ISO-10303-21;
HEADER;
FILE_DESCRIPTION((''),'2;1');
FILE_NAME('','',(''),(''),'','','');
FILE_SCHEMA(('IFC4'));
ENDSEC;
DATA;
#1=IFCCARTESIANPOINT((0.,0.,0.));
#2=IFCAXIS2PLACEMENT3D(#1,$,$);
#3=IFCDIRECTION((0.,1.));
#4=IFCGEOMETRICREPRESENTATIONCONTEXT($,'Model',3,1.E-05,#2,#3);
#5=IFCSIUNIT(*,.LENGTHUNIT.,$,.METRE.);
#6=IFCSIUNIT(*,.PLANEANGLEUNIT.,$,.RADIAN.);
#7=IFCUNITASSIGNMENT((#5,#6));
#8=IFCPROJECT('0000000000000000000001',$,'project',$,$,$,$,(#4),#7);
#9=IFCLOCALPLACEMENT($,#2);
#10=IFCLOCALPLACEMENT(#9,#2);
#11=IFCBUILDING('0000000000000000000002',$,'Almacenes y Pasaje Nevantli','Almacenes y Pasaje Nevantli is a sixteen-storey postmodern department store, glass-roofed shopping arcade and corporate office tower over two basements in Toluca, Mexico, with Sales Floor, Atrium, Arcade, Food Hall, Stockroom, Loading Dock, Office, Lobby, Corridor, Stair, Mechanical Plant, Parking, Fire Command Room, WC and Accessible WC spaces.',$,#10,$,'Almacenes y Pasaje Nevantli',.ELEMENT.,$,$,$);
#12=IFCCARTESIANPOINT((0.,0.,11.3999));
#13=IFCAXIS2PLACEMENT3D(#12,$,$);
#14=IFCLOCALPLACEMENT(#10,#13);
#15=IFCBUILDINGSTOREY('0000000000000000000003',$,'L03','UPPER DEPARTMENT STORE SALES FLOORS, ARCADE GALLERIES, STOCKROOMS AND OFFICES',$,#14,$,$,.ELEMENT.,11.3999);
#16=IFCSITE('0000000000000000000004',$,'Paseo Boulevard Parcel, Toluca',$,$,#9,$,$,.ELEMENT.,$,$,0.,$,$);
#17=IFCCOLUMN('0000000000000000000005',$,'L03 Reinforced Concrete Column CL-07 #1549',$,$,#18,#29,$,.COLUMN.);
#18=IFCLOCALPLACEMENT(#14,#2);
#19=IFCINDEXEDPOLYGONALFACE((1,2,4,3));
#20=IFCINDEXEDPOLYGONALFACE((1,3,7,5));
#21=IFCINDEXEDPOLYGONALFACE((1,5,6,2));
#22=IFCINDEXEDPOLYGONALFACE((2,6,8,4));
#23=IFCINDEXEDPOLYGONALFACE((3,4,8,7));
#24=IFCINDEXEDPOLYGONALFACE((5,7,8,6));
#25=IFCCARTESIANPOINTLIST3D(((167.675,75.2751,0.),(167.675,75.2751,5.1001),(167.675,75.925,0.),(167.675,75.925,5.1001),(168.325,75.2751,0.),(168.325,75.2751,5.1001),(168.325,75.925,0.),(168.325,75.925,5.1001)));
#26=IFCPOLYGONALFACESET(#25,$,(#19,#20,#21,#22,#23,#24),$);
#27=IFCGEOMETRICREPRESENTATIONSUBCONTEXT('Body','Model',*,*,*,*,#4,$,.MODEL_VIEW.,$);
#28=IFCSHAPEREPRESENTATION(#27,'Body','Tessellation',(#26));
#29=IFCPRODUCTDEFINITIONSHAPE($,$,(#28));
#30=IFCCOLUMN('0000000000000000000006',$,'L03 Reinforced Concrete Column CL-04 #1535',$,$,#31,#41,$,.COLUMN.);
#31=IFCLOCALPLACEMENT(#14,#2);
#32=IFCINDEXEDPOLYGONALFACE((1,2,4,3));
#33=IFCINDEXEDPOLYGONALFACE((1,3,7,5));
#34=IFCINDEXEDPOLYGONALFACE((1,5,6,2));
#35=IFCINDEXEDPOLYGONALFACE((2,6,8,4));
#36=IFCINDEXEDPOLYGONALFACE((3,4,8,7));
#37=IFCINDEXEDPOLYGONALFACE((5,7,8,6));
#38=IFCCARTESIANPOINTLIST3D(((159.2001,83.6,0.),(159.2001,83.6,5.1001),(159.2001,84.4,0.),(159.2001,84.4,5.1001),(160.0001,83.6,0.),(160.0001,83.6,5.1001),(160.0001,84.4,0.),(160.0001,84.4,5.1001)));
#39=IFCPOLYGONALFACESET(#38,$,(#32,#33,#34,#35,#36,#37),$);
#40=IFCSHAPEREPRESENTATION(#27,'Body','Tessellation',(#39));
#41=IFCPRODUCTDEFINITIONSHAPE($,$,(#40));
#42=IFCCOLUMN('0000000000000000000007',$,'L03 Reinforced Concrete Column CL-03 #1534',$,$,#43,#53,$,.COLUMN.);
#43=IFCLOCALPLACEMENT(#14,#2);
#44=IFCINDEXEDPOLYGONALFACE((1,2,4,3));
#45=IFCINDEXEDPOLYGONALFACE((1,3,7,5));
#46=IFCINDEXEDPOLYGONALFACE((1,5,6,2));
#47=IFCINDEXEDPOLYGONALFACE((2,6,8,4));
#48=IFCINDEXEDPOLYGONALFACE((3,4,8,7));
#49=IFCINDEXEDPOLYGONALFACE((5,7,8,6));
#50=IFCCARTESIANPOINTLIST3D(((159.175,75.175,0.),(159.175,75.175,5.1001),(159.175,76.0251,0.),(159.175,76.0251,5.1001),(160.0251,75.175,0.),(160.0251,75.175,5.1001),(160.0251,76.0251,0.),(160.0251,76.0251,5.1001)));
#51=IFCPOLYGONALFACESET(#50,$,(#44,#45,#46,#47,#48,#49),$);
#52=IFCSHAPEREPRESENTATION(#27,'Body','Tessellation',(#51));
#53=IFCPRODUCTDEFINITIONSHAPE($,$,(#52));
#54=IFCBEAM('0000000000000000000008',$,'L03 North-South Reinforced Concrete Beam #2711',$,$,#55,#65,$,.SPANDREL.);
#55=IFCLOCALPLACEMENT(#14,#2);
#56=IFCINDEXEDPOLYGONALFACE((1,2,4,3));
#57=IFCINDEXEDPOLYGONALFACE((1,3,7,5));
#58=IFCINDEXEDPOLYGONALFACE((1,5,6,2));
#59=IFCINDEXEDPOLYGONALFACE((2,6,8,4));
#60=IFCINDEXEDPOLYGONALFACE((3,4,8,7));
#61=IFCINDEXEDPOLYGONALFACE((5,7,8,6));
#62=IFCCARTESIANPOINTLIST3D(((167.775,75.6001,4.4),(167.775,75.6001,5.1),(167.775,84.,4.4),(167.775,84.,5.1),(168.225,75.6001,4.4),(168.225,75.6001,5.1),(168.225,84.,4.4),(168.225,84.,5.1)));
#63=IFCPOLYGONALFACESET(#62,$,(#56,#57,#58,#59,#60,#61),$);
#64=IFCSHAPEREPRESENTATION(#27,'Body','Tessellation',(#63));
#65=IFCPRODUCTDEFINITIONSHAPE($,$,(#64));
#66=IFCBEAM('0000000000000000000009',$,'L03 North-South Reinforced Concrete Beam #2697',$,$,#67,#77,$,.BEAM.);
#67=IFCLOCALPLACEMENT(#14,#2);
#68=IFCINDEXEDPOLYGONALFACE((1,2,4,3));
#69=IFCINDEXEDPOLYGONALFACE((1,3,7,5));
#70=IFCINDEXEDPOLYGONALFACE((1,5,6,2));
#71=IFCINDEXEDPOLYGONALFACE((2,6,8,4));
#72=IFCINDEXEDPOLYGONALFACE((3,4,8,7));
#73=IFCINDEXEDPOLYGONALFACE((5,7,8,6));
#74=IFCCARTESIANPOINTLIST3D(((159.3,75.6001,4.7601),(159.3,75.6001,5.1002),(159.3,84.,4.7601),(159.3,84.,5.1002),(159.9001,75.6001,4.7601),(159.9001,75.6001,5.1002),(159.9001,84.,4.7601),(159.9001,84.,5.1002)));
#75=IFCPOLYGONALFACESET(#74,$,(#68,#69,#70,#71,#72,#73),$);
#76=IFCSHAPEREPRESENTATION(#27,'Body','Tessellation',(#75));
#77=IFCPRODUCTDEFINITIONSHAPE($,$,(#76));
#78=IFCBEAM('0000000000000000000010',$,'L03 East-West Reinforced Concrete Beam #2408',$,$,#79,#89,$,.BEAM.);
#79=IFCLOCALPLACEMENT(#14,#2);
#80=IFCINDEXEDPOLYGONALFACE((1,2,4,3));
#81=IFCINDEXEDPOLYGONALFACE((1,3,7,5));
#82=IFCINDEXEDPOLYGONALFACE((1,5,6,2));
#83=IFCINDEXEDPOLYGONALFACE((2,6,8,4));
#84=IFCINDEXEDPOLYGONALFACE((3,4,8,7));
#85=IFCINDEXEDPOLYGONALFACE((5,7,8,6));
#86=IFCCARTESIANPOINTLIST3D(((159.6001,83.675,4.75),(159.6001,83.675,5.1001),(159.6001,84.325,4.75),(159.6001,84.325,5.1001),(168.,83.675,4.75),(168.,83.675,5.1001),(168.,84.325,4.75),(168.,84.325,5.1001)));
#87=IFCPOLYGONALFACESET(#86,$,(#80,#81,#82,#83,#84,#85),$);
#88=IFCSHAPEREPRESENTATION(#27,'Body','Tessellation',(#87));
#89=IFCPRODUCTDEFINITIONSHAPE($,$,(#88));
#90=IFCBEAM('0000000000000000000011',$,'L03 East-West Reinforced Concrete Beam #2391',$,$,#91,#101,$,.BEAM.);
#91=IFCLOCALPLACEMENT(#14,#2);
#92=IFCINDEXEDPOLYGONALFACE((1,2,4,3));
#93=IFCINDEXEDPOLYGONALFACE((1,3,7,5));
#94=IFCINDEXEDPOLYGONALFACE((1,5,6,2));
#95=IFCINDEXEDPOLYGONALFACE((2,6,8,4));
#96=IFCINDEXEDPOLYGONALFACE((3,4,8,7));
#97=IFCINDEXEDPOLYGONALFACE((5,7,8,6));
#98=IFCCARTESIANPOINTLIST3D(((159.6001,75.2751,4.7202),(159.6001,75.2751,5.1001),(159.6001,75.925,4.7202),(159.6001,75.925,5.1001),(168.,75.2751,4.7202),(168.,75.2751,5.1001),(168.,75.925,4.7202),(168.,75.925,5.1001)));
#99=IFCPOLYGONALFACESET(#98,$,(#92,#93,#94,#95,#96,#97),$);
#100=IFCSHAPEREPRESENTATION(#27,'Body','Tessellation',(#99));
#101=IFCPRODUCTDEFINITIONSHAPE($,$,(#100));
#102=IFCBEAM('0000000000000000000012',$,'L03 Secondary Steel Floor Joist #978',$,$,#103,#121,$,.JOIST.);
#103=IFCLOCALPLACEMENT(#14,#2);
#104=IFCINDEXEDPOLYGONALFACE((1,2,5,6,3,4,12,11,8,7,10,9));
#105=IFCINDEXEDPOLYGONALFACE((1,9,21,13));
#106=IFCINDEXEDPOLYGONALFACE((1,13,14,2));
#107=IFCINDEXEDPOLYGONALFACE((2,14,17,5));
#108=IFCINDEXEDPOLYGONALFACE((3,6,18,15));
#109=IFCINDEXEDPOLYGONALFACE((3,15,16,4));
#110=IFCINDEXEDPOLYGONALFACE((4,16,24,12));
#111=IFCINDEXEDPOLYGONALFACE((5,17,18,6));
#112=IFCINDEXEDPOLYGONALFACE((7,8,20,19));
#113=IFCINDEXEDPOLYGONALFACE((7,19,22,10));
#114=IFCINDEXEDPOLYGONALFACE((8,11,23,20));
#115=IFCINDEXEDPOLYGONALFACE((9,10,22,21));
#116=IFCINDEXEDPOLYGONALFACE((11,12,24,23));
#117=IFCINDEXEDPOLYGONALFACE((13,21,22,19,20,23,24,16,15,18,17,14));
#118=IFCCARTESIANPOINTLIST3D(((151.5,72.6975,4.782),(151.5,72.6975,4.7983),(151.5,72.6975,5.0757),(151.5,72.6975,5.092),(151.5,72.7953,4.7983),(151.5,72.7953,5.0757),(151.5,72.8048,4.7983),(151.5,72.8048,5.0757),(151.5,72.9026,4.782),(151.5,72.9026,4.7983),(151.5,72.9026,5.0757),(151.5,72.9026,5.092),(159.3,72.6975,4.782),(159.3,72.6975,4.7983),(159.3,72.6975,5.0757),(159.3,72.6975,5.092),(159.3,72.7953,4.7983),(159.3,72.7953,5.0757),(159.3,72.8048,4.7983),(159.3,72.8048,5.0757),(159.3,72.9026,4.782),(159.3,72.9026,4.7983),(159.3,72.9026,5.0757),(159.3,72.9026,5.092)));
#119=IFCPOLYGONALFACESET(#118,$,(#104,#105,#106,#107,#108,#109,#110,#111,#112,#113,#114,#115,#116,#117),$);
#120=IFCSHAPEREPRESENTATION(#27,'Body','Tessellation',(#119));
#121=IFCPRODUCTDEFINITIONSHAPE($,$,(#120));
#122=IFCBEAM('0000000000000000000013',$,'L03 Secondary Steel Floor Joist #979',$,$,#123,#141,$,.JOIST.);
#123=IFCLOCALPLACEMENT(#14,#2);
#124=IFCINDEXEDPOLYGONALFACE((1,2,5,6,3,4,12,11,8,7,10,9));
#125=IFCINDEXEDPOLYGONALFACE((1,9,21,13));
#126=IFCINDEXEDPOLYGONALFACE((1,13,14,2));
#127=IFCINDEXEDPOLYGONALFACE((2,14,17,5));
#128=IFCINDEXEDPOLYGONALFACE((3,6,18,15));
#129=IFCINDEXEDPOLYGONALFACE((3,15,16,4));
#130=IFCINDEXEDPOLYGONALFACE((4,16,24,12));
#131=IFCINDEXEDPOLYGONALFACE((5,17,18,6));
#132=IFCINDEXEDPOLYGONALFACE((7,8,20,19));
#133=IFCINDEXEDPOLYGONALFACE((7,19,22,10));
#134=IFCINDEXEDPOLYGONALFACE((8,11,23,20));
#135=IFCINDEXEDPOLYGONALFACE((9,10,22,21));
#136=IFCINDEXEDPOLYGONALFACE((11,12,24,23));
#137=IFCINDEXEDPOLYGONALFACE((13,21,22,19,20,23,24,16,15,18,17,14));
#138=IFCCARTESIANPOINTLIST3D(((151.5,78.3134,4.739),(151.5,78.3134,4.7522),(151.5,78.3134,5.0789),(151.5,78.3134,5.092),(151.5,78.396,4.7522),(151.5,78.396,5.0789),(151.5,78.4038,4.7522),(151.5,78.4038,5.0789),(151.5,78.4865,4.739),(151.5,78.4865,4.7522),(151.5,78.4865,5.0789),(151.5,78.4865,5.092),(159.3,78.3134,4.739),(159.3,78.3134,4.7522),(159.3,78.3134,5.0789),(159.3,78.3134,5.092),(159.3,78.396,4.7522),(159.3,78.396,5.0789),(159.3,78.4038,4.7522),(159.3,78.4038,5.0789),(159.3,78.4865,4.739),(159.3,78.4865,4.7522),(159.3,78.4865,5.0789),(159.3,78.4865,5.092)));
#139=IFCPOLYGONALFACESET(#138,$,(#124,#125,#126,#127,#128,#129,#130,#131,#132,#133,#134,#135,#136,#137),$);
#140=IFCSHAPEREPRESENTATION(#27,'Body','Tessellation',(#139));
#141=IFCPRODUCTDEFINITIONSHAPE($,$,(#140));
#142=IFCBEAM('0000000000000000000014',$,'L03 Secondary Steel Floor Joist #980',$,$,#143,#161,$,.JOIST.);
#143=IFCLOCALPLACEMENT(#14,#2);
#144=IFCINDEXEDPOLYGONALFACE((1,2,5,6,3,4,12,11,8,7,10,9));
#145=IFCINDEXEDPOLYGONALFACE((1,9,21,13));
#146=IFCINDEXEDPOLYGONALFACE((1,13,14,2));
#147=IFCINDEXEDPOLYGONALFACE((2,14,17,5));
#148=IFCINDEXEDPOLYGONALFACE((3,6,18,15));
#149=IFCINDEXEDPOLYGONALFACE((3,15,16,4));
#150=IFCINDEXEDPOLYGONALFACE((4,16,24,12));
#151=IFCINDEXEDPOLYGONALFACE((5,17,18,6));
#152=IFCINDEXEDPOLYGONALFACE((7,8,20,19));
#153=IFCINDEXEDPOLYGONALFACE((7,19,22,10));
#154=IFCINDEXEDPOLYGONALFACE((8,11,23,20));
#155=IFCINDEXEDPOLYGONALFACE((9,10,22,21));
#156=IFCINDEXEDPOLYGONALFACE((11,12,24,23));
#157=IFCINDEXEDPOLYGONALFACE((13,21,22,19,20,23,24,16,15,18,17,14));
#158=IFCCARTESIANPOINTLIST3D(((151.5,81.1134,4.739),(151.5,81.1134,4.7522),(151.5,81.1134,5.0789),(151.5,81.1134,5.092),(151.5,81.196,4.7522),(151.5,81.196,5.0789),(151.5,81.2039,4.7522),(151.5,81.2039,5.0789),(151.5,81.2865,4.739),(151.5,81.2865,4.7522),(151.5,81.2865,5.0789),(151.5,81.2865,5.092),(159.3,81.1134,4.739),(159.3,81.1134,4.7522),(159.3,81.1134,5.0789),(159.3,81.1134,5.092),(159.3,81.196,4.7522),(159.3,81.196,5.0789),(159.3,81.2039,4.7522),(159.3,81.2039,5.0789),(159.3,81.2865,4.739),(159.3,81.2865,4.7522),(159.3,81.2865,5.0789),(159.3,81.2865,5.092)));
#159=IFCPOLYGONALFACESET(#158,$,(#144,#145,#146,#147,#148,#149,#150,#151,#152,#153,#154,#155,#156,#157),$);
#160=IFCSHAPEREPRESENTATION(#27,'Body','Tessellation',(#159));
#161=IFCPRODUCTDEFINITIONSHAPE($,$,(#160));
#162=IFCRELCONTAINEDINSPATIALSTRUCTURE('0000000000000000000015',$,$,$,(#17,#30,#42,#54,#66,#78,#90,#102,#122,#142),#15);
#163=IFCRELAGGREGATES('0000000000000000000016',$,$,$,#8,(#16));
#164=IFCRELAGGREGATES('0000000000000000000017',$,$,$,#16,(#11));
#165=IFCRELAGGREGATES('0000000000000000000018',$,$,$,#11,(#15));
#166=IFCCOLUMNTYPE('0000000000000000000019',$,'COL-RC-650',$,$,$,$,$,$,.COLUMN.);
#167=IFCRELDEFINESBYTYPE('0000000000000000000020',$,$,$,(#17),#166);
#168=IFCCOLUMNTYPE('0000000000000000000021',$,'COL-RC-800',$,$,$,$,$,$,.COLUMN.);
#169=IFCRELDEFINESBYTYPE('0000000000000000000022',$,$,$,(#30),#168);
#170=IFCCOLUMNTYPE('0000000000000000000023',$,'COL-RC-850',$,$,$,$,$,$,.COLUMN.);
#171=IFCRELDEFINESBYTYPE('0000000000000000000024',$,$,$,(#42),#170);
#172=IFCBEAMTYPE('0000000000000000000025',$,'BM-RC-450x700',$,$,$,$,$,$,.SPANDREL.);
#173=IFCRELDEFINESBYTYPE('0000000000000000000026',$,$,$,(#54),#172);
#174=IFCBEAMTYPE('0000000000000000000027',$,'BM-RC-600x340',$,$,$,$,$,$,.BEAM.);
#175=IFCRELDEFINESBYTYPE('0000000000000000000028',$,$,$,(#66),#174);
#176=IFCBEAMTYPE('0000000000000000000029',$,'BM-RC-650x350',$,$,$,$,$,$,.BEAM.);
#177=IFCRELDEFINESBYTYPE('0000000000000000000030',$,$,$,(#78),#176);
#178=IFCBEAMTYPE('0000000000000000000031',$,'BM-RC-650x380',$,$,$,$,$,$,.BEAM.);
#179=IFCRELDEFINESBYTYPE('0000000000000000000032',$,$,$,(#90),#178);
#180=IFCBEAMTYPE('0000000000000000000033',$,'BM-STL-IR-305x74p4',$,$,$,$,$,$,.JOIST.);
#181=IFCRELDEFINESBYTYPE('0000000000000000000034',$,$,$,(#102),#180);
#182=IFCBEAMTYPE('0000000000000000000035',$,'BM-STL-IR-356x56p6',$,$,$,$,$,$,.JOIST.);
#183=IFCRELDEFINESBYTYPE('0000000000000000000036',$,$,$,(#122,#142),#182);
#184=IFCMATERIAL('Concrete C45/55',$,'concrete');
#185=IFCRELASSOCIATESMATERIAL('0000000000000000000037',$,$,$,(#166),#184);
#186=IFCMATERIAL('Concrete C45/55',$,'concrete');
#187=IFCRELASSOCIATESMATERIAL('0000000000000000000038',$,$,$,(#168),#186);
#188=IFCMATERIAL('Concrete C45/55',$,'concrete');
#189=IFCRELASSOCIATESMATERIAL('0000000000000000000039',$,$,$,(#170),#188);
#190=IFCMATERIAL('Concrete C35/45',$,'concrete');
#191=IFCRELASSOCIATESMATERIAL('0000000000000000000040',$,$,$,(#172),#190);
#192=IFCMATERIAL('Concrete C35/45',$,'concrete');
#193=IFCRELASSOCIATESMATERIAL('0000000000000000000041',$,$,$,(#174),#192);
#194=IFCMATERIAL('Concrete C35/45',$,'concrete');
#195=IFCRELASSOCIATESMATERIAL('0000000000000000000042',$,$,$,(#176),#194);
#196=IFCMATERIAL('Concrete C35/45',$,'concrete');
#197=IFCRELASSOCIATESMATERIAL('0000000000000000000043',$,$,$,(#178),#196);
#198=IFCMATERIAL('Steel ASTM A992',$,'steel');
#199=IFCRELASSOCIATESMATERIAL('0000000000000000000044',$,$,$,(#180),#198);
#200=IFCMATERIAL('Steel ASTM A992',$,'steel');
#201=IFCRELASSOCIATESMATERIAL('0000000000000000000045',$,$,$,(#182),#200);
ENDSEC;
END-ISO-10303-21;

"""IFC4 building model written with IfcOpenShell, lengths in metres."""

from ifc_helpers import new_model, si_unit, direction, frame, origin, origin_2d, place, context, subcontext, project, spatial, rectangle, i_section, extrude, material, material_profile, profile_set, type_object, element, save


model = new_model("IFC4")

# Units and contexts
model_context = context("Model", 3, precision=1e-05, world=origin(), true_north=direction((0.0, 1.0)))
body_context = subcontext(model_context, "Body", "Model", "MODEL_VIEW")
ifc_project = project(units=[si_unit("LENGTHUNIT", "METRE"), si_unit("PLANEANGLEUNIT", "RADIAN")], contexts=[model_context])

# Site, building, storey
site_placement = place(None, origin())
site = spatial("IfcSite", under=ifc_project, at=site_placement, Name="Paseo Boulevard Parcel, Toluca", CompositionType="ELEMENT", RefElevation=0.0)
building_placement = place(site_placement, origin())
building = spatial("IfcBuilding", under=site, at=building_placement, Name="Almacenes y Pasaje Nevantli", Description="Almacenes y Pasaje Nevantli is a sixteen-storey postmodern department store, glass-roofed shopping arcade and corporate office tower over two basements in Toluca, Mexico, with Sales Floor, Atrium, Arcade, Food Hall, Stockroom, Loading Dock, Office, Lobby, Corridor, Stair, Mechanical Plant, Parking, Fire Command Room, WC and Accessible WC spaces.", LongName="Almacenes y Pasaje Nevantli", CompositionType="ELEMENT")
storey_placement = place(building_placement, frame((0.0, 0.0, 11.3999)))
storey = spatial("IfcBuildingStorey", under=building, at=storey_placement, Name="L03", Description="UPPER DEPARTMENT STORE SALES FLOORS, ARCADE GALLERIES, STOCKROOMS AND OFFICES", CompositionType="ELEMENT", Elevation=11.3999)

# Columns
ifc_material_1 = material(Name="Concrete C45/55", Category="concrete")
ifc_material_profile_1 = material_profile(ifc_material_1, rectangle(XDim=0.6499, YDim=0.6499, at=origin_2d()), Name="RC-COL-650x650")
ifc_profile_set_1 = profile_set([ifc_material_profile_1], Name="Concrete C45/55")
column_type_1 = type_object("IfcColumnType", Name="COL-RC-650", PredefinedType="COLUMN", material=ifc_profile_set_1)
column_1_placement = place(storey_placement, frame((168.0, 75.6001, 0.0), z_axis=(0.0, 0.0, 1.0), x_axis=(1.0, 0.0, 0.0)))
element("IfcColumn", 1, at=column_1_placement, inside=storey, type_object=column_type_1, Name="L03 Reinforced Concrete Column CL-07 #1549", PredefinedType="COLUMN", context=body_context, shape_type="SweptSolid", body=[
    extrude(rectangle(XDim=0.6499, YDim=0.6499, at=origin_2d()), origin(), (0.0, 0.0, 1.0), 5.1001),
])
ifc_material_2 = material(Name="Concrete C45/55", Category="concrete")
ifc_material_profile_2 = material_profile(ifc_material_2, rectangle(XDim=0.8, YDim=0.8, at=origin_2d()), Name="RC-COL-800x800")
ifc_profile_set_2 = profile_set([ifc_material_profile_2], Name="Concrete C45/55")
column_type_2 = type_object("IfcColumnType", Name="COL-RC-800", PredefinedType="COLUMN", material=ifc_profile_set_2)
column_2_placement = place(storey_placement, frame((159.6001, 84.0, 0.0), z_axis=(0.0, 0.0, 1.0), x_axis=(1.0, 0.0, 0.0)))
element("IfcColumn", 2, at=column_2_placement, inside=storey, type_object=column_type_2, Name="L03 Reinforced Concrete Column CL-04 #1535", PredefinedType="COLUMN", context=body_context, shape_type="SweptSolid", body=[
    extrude(rectangle(XDim=0.8, YDim=0.8, at=origin_2d()), origin(), (0.0, 0.0, 1.0), 5.1001),
])
ifc_material_3 = material(Name="Concrete C45/55", Category="concrete")
ifc_material_profile_3 = material_profile(ifc_material_3, rectangle(XDim=0.8501, YDim=0.8501, at=origin_2d()), Name="RC-COL-850x850")
ifc_profile_set_3 = profile_set([ifc_material_profile_3], Name="Concrete C45/55")
column_type_3 = type_object("IfcColumnType", Name="COL-RC-850", PredefinedType="COLUMN", material=ifc_profile_set_3)
column_3_placement = place(storey_placement, frame((159.6001, 75.6001, 0.0), z_axis=(0.0, 0.0, 1.0), x_axis=(1.0, 0.0, 0.0)))
element("IfcColumn", 3, at=column_3_placement, inside=storey, type_object=column_type_3, Name="L03 Reinforced Concrete Column CL-03 #1534", PredefinedType="COLUMN", context=body_context, shape_type="SweptSolid", body=[
    extrude(rectangle(XDim=0.8501, YDim=0.8501, at=origin_2d()), origin(), (0.0, 0.0, 1.0), 5.1001),
])

# Beams
ifc_material_4 = material(Name="Concrete C35/45", Category="concrete")
ifc_material_profile_4 = material_profile(ifc_material_4, rectangle(XDim=0.45, YDim=0.7, at=origin_2d()), Name="RC-BM-450x700")
ifc_profile_set_4 = profile_set([ifc_material_profile_4], Name="Concrete C35/45")
beam_type_1 = type_object("IfcBeamType", Name="BM-RC-450x700", PredefinedType="SPANDREL", material=ifc_profile_set_4)
beam_1_placement = place(storey_placement, frame((168.0, 75.6001, 4.75), z_axis=(0.0, 1.0, 0.0), x_axis=(-1.0, 0.0, 0.0)))
element("IfcBeam", 4, at=beam_1_placement, inside=storey, type_object=beam_type_1, Name="L03 North-South Reinforced Concrete Beam #2711", PredefinedType="SPANDREL", context=body_context, shape_type="SweptSolid", body=[
    extrude(rectangle(XDim=0.45, YDim=0.7, at=origin_2d()), origin(), (0.0, 0.0, 1.0), 8.3999),
])
ifc_material_5 = material(Name="Concrete C35/45", Category="concrete")
ifc_material_profile_5 = material_profile(ifc_material_5, rectangle(XDim=0.6001, YDim=0.3401, at=origin_2d()), Name="RC-BM-600x340")
ifc_profile_set_5 = profile_set([ifc_material_profile_5], Name="Concrete C35/45")
beam_type_2 = type_object("IfcBeamType", Name="BM-RC-600x340", PredefinedType="BEAM", material=ifc_profile_set_5)
beam_2_placement = place(storey_placement, frame((159.6001, 75.6001, 4.9302), z_axis=(0.0, 1.0, 0.0), x_axis=(-1.0, 0.0, 0.0)))
element("IfcBeam", 5, at=beam_2_placement, inside=storey, type_object=beam_type_2, Name="L03 North-South Reinforced Concrete Beam #2697", PredefinedType="BEAM", context=body_context, shape_type="SweptSolid", body=[
    extrude(rectangle(XDim=0.6001, YDim=0.3401, at=origin_2d()), origin(), (0.0, 0.0, 1.0), 8.3999),
])
ifc_material_6 = material(Name="Concrete C35/45", Category="concrete")
ifc_material_profile_6 = material_profile(ifc_material_6, rectangle(XDim=0.6499, YDim=0.3501, at=origin_2d()), Name="RC-BM-650x350")
ifc_profile_set_6 = profile_set([ifc_material_profile_6], Name="Concrete C35/45")
beam_type_3 = type_object("IfcBeamType", Name="BM-RC-650x350", PredefinedType="BEAM", material=ifc_profile_set_6)
beam_3_placement = place(storey_placement, frame((159.6001, 84.0, 4.925), z_axis=(1.0, 0.0, 0.0), x_axis=(0.0, 1.0, 0.0)))
element("IfcBeam", 6, at=beam_3_placement, inside=storey, type_object=beam_type_3, Name="L03 East-West Reinforced Concrete Beam #2408", PredefinedType="BEAM", context=body_context, shape_type="SweptSolid", body=[
    extrude(rectangle(XDim=0.6499, YDim=0.3501, at=origin_2d()), origin(), (0.0, 0.0, 1.0), 8.3999),
])
ifc_material_7 = material(Name="Concrete C35/45", Category="concrete")
ifc_material_profile_7 = material_profile(ifc_material_7, rectangle(XDim=0.6499, YDim=0.3799, at=origin_2d()), Name="RC-BM-650x380")
ifc_profile_set_7 = profile_set([ifc_material_profile_7], Name="Concrete C35/45")
beam_type_4 = type_object("IfcBeamType", Name="BM-RC-650x380", PredefinedType="BEAM", material=ifc_profile_set_7)
beam_4_placement = place(storey_placement, frame((159.6001, 75.6001, 4.9102), z_axis=(1.0, 0.0, 0.0), x_axis=(0.0, 1.0, 0.0)))
element("IfcBeam", 7, at=beam_4_placement, inside=storey, type_object=beam_type_4, Name="L03 East-West Reinforced Concrete Beam #2391", PredefinedType="BEAM", context=body_context, shape_type="SweptSolid", body=[
    extrude(rectangle(XDim=0.6499, YDim=0.3799, at=origin_2d()), origin(), (0.0, 0.0, 1.0), 8.3999),
])
ifc_material_8 = material(Name="Steel ASTM A992", Category="steel")
ifc_material_profile_8 = material_profile(ifc_material_8, i_section(OverallWidth=0.2051, OverallDepth=0.3101, WebThickness=0.0095, FlangeThickness=0.0164, at=origin_2d()), Name="IR 305x74.4")
ifc_profile_set_8 = profile_set([ifc_material_profile_8], Name="Steel ASTM A992")
beam_type_5 = type_object("IfcBeamType", Name="BM-STL-IR-305x74p4", PredefinedType="JOIST", material=ifc_profile_set_8)
beam_5_placement = place(storey_placement, frame((151.5, 72.8, 4.937), z_axis=(1.0, 0.0, 0.0), x_axis=(0.0, 1.0, 0.0)))
element("IfcBeam", 8, at=beam_5_placement, inside=storey, type_object=beam_type_5, Name="L03 Secondary Steel Floor Joist #978", PredefinedType="JOIST", context=body_context, shape_type="SweptSolid", body=[
    extrude(i_section(OverallWidth=0.2051, OverallDepth=0.3101, WebThickness=0.0095, FlangeThickness=0.0164, at=origin_2d()), origin(), (0.0, 0.0, 1.0), 7.8),
])
ifc_material_9 = material(Name="Steel ASTM A992", Category="steel")
ifc_material_profile_9 = material_profile(ifc_material_9, i_section(OverallWidth=0.1731, OverallDepth=0.353, WebThickness=0.0078, FlangeThickness=0.0132, at=origin_2d()), Name="IR 356x56.6")
ifc_profile_set_9 = profile_set([ifc_material_profile_9], Name="Steel ASTM A992")
beam_type_6 = type_object("IfcBeamType", Name="BM-STL-IR-356x56p6", PredefinedType="JOIST", material=ifc_profile_set_9)
for number, where, z_axis, x_axis, name in (
    (9, (151.5, 78.3999, 4.9155), (1.0, 0.0, 0.0), (0.0, 1.0, 0.0), "L03 Secondary Steel Floor Joist #979"),
    (10, (151.5, 81.2, 4.9155), (1.0, 0.0, 0.0), (0.0, 1.0, 0.0), "L03 Secondary Steel Floor Joist #980"),
):
    element("IfcBeam", number, at=place(storey_placement, frame(where, z_axis=z_axis, x_axis=x_axis)), inside=storey, type_object=beam_type_6, Name=name, PredefinedType="JOIST", context=body_context, shape_type="SweptSolid", body=[
        extrude(i_section(OverallWidth=0.1731, OverallDepth=0.353, WebThickness=0.0078, FlangeThickness=0.0132, at=origin_2d()), origin(), (0.0, 0.0, 1.0), 7.8),
    ])

save(model, "model.ifc")
